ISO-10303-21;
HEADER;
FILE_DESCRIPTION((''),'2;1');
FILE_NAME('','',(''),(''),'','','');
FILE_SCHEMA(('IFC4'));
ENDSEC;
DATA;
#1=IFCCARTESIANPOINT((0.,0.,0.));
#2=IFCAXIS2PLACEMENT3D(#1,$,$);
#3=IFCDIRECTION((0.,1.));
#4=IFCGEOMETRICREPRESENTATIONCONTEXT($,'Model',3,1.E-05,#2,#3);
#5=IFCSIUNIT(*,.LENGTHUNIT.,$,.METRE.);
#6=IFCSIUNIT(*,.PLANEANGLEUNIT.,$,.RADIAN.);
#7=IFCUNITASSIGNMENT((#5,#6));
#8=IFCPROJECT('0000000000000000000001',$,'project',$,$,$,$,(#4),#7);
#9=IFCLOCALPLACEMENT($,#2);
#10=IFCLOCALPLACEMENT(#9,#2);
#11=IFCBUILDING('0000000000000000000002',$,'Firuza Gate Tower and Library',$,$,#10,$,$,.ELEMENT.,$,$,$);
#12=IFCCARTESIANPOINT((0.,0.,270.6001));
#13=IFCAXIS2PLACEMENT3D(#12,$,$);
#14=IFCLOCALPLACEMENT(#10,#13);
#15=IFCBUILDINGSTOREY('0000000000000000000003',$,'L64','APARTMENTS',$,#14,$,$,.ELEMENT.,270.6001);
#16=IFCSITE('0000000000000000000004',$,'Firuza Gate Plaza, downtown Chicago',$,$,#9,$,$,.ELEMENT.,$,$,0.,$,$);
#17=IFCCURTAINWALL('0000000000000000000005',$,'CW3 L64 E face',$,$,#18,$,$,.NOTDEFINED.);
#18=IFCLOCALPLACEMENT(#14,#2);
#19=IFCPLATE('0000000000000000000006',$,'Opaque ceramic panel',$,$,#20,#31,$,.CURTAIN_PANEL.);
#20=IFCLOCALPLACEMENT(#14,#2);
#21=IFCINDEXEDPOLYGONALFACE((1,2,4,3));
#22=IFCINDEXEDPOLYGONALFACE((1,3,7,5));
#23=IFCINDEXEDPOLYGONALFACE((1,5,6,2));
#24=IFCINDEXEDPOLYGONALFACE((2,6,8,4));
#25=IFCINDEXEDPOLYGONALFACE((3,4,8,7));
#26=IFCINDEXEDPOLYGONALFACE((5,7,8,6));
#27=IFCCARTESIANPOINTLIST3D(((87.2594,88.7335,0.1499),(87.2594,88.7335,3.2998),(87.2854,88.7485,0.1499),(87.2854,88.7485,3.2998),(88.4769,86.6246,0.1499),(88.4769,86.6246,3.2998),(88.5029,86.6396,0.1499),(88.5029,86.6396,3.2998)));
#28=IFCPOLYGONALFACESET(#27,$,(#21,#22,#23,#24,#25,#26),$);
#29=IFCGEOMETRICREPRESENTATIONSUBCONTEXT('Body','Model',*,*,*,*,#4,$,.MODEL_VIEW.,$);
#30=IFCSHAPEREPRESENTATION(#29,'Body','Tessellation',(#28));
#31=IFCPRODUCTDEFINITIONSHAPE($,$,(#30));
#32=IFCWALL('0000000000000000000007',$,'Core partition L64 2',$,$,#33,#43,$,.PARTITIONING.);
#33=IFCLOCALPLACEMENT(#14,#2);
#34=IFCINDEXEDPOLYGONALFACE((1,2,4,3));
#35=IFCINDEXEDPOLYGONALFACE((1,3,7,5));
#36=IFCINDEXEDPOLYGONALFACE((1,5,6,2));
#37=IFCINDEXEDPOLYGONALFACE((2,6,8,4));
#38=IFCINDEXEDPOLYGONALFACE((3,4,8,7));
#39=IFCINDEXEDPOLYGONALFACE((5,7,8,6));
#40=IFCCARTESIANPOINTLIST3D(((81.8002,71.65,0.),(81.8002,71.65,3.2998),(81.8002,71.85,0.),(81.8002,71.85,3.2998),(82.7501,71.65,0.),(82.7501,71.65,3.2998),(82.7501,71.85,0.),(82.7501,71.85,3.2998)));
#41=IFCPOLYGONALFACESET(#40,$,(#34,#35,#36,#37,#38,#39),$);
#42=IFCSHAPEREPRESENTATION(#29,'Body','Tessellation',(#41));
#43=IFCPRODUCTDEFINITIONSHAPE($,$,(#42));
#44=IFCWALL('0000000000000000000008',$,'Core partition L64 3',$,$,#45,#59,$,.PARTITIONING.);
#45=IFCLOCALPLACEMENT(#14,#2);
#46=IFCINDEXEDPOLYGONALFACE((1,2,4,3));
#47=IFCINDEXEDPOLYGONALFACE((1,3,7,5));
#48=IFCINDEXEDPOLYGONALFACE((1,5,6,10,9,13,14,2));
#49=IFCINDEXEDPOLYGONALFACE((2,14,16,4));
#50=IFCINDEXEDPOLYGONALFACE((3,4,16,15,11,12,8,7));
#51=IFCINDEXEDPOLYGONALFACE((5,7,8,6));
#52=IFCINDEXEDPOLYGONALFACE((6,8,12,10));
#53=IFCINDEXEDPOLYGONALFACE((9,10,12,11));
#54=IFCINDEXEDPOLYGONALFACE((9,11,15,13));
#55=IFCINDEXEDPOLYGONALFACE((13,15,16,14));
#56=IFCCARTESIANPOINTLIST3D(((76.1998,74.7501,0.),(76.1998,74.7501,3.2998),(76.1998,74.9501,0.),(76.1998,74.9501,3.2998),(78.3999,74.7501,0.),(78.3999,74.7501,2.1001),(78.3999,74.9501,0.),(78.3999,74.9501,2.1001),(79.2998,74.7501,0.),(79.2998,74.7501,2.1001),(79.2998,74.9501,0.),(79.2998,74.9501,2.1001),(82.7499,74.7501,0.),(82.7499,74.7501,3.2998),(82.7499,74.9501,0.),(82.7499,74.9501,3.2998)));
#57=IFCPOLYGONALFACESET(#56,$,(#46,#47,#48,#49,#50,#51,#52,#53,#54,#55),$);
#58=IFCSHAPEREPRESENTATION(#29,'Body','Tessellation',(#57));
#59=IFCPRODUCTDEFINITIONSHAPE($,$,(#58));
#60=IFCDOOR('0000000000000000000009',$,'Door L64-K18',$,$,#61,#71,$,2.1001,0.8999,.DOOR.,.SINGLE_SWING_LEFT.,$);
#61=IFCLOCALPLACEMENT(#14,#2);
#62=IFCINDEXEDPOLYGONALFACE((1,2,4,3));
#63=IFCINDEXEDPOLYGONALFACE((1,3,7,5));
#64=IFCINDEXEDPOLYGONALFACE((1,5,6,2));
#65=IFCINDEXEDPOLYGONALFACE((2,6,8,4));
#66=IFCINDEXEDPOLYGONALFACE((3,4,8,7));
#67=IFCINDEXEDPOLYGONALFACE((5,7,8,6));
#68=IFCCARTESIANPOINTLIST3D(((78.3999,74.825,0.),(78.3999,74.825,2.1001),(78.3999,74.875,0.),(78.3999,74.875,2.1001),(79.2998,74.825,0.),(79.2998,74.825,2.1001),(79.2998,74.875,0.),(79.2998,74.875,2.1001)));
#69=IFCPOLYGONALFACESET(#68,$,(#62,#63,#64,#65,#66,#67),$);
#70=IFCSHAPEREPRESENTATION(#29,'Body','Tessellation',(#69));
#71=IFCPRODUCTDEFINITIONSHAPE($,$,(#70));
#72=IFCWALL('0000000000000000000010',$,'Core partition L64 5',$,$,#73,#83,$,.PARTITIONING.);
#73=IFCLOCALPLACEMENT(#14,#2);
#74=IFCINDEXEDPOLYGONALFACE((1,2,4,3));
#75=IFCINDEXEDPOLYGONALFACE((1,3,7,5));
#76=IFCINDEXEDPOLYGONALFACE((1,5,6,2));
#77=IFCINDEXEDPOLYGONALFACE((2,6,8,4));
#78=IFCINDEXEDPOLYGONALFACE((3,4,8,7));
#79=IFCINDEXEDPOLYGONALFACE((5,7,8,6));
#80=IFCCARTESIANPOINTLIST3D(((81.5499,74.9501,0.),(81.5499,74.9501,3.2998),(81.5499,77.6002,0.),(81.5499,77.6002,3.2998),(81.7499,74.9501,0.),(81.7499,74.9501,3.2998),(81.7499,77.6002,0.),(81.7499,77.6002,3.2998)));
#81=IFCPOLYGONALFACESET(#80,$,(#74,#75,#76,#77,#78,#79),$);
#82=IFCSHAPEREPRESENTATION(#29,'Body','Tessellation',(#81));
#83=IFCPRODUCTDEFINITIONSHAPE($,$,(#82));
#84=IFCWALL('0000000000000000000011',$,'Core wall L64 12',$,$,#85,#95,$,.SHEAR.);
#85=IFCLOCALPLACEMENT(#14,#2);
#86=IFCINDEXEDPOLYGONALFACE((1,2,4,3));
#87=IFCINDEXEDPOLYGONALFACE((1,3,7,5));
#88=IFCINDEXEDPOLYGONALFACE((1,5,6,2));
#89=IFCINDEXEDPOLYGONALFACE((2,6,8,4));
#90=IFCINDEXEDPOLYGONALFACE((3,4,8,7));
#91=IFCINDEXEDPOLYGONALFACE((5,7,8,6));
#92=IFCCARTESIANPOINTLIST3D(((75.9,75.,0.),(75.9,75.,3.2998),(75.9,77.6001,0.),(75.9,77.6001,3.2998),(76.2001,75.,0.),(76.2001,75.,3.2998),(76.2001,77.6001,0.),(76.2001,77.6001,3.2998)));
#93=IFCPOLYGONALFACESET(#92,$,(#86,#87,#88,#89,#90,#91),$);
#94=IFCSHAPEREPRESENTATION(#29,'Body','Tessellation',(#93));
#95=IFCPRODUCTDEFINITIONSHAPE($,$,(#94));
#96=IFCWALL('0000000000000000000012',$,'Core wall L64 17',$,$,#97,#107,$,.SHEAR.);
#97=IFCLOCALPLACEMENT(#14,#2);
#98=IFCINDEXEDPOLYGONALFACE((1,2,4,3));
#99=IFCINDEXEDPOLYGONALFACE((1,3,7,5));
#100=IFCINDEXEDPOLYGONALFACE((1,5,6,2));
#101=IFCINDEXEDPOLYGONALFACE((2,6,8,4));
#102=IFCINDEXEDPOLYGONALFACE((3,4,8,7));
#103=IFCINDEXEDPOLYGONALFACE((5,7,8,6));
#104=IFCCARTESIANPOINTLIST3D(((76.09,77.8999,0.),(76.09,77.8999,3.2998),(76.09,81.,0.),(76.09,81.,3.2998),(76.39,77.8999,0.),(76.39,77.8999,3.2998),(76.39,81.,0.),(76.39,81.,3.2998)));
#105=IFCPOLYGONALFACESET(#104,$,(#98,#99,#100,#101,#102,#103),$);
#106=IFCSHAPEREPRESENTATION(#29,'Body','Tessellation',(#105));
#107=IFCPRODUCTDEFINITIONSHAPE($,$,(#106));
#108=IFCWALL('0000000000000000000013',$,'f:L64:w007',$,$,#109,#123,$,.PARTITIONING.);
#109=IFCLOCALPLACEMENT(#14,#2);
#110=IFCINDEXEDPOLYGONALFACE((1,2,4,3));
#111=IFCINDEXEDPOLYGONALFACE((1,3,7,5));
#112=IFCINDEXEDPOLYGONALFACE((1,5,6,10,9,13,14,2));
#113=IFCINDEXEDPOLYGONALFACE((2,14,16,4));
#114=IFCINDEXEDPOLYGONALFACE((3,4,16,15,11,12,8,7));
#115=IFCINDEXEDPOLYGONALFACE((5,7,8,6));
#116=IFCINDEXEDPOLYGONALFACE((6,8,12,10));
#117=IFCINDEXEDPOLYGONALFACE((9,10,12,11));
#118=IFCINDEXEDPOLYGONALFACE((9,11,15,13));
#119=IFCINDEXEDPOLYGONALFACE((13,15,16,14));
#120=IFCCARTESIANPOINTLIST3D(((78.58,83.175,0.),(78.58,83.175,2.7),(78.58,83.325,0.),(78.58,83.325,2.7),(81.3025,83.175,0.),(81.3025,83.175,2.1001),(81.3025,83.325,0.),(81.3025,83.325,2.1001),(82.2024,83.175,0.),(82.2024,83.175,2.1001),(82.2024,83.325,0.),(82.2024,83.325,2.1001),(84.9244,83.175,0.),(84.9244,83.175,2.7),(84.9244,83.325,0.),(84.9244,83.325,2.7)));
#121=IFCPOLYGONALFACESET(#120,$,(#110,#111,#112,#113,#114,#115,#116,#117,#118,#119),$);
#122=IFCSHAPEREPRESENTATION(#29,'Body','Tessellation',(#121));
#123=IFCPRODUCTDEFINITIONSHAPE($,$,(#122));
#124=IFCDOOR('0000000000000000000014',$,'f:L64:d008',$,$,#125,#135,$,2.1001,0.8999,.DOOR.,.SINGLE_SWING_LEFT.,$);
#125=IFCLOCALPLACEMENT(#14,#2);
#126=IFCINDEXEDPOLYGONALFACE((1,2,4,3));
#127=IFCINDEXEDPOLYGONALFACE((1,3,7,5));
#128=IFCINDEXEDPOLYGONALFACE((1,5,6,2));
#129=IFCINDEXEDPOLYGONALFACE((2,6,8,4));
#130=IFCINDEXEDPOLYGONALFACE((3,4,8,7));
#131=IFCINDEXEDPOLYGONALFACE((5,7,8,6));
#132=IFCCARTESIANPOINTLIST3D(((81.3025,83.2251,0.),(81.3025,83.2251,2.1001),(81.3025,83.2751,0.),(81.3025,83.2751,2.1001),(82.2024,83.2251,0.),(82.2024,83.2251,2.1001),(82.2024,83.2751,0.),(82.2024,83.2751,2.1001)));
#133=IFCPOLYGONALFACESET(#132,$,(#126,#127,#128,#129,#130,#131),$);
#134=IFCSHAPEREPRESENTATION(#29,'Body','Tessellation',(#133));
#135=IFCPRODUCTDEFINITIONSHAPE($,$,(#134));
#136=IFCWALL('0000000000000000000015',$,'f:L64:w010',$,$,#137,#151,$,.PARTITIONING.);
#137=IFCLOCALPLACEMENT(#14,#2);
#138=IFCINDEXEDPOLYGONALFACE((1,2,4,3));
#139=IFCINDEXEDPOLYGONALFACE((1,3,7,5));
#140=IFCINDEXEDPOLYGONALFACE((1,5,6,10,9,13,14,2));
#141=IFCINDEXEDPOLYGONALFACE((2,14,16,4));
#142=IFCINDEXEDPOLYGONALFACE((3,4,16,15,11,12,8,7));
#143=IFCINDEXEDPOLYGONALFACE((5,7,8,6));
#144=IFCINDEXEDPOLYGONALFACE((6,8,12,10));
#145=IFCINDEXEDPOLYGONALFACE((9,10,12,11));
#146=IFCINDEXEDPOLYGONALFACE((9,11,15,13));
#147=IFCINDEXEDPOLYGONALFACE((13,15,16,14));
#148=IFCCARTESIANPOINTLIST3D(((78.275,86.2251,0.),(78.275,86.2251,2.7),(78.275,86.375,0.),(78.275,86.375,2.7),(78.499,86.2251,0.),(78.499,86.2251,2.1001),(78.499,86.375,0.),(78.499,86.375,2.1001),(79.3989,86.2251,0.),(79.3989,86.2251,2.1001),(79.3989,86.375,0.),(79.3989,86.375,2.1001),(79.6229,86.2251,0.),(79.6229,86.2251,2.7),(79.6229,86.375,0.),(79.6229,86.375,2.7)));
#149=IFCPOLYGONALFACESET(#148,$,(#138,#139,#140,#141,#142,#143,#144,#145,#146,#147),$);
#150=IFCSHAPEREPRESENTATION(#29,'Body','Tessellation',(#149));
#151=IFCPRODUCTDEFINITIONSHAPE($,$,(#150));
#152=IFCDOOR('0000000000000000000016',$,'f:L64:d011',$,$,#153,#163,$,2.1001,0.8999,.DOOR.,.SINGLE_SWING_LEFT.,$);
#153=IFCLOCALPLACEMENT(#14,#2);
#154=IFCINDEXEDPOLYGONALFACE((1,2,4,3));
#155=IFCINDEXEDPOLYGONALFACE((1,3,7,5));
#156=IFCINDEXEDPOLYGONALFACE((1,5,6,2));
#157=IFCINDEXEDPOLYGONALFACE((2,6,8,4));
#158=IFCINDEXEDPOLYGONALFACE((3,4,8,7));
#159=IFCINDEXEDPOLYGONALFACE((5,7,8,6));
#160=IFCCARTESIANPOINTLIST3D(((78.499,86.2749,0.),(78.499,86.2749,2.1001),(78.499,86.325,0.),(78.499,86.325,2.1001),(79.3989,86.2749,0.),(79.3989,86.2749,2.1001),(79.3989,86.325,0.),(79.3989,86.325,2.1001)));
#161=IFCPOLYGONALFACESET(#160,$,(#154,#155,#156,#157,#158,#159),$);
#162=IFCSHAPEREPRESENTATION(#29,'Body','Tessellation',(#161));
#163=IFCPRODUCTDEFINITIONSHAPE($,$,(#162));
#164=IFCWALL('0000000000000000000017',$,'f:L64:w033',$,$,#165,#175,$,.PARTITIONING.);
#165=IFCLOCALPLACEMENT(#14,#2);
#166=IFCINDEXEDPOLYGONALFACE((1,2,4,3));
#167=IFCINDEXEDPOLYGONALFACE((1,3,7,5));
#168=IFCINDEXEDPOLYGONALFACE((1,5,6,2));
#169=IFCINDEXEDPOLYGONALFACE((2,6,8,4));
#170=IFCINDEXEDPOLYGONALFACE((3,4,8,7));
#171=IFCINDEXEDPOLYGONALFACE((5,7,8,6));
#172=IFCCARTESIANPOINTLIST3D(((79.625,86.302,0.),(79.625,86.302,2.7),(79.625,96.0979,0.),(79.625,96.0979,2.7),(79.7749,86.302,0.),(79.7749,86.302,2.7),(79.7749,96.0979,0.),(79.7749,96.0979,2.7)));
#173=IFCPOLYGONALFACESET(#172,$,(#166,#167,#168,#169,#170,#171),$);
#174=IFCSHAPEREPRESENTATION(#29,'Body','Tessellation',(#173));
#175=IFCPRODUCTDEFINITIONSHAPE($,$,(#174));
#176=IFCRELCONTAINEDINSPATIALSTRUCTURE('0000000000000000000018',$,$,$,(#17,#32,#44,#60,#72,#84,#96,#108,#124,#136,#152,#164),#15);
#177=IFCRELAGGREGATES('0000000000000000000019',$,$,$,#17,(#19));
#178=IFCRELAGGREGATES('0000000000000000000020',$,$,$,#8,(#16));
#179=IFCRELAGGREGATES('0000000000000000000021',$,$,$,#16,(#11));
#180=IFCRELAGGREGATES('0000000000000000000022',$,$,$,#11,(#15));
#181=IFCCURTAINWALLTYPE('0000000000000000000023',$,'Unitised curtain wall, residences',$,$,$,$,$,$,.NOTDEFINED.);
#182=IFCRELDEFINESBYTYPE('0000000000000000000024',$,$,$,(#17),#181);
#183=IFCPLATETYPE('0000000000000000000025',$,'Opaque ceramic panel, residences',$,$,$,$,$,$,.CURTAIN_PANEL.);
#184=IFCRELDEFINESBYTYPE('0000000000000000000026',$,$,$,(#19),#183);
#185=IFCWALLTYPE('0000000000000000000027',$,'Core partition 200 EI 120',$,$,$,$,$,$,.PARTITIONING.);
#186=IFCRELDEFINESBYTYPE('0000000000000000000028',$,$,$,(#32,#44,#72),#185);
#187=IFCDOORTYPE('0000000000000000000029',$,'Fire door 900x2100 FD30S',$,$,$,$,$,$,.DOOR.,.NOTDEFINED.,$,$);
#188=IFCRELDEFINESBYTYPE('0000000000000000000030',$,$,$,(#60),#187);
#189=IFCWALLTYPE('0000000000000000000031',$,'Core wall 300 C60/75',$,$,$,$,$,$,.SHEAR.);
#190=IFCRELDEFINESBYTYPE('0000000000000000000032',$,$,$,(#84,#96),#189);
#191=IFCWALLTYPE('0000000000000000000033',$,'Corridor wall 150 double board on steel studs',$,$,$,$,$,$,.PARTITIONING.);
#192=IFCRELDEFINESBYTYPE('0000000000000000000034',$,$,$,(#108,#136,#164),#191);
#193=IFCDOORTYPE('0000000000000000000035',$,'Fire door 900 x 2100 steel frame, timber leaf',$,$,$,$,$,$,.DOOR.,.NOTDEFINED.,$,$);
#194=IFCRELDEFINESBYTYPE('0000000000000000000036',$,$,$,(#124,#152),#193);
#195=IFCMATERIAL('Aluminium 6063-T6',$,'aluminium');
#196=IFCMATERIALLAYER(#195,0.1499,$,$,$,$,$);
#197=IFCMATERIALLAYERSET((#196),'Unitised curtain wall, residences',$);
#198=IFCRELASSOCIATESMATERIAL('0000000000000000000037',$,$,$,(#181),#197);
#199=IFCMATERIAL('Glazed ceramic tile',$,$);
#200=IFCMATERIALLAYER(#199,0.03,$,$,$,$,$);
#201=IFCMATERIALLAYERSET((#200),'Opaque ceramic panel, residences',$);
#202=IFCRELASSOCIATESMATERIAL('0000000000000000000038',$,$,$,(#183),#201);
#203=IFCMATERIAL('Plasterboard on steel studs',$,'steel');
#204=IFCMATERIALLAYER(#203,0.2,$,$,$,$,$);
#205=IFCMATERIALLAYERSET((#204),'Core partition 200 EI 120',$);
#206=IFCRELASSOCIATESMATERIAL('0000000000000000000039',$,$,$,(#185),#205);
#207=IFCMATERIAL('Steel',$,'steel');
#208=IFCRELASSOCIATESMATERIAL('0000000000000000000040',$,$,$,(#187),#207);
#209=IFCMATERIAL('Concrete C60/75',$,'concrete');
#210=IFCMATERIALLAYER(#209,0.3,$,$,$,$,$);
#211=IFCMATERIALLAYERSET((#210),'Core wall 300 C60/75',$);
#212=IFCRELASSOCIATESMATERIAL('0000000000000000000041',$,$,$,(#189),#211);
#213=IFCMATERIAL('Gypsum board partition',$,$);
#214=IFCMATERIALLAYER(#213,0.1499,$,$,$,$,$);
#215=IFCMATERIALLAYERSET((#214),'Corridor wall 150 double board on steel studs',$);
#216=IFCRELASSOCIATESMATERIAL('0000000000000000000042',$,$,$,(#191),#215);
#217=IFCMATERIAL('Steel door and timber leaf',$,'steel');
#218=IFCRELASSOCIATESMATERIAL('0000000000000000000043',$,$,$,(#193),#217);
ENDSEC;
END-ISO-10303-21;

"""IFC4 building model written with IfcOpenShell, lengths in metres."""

from ifc_helpers import new_model, si_unit, direction, frame, frame_2d, origin, place, context, subcontext, project, spatial, polyline, rectangle, outline, extrude, material, layer, layer_set, type_object, element, fill, aggregate, save


model = new_model("IFC4")

# Units and contexts
model_context = context("Model", 3, precision=1e-05, world=origin(), true_north=direction((0.0, 1.0)))
body_context = subcontext(model_context, "Body", "Model", "MODEL_VIEW")
ifc_project = project(units=[si_unit("LENGTHUNIT", "METRE"), si_unit("PLANEANGLEUNIT", "RADIAN")], contexts=[model_context])

# Site, building, storey
site_placement = place(None, origin())
site = spatial("IfcSite", under=ifc_project, at=site_placement, Name="Firuza Gate Plaza, downtown Chicago", CompositionType="ELEMENT", RefElevation=0.0)
building_placement = place(site_placement, origin())
building = spatial("IfcBuilding", under=site, at=building_placement, Name="Firuza Gate Tower and Library", CompositionType="ELEMENT")
storey_placement = place(building_placement, frame((0.0, 0.0, 270.6001)))
storey = spatial("IfcBuildingStorey", under=building, at=storey_placement, Name="L64", Description="APARTMENTS", CompositionType="ELEMENT", Elevation=270.6001)

# Curtain wall
ifc_material_1 = material(Name="Aluminium 6063-T6", Category="aluminium")
ifc_layer_1 = layer(ifc_material_1, 0.1499)
ifc_layer_set_1 = layer_set([ifc_layer_1], Name="Unitised curtain wall, residences")
curtain_wall_type = type_object("IfcCurtainWallType", Name="Unitised curtain wall, residences", PredefinedType="NOTDEFINED", material=ifc_layer_set_1)
placement = place(storey_placement, origin())
curtain_wall = element("IfcCurtainWall", 1, at=placement, inside=storey, type_object=curtain_wall_type, Name="CW3 L64 E face", PredefinedType="NOTDEFINED")

# Plate
ifc_material_2 = material(Name="Glazed ceramic tile")
ifc_layer_2 = layer(ifc_material_2, 0.03)
ifc_layer_set_2 = layer_set([ifc_layer_2], Name="Opaque ceramic panel, residences")
plate_type_1 = type_object("IfcPlateType", Name="Opaque ceramic panel, residences", PredefinedType="CURTAIN_PANEL", material=ifc_layer_set_2)
plate_1_placement = place(storey_placement, frame((88.5029, 86.6396, 0.1499), z_axis=(0.866032, 0.499989, 0.0), x_axis=(-0.499989, 0.866032, 0.0)))
plate_1 = element("IfcPlate", 2, at=plate_1_placement, type_object=plate_type_1, Name="Opaque ceramic panel", PredefinedType="CURTAIN_PANEL", context=body_context, shape_type="SweptSolid", body=[
    extrude(outline(polyline([(0.0, 0.0), (2.4351, 0.0), (2.4351, 3.1499), (0.0, 3.1499), (0.0, 0.0)])), origin(), (0.0, 0.0, -1.0), 0.03),
])
aggregate(curtain_wall, [plate_1])

# Wall
ifc_material_3 = material(Name="Plasterboard on steel studs", Category="steel")
ifc_layer_3 = layer(ifc_material_3, 0.2)
ifc_layer_set_3 = layer_set([ifc_layer_3], Name="Core partition 200 EI 120")
wall_type_1 = type_object("IfcWallType", Name="Core partition 200 EI 120", PredefinedType="PARTITIONING", material=ifc_layer_set_3)
wall_1_placement = place(storey_placement, frame((81.8, 71.75, 0.0), z_axis=(0.0, 0.0, 1.0), x_axis=(1.0, 0.0, 0.0)))
element("IfcWall", 3, at=wall_1_placement, inside=storey, type_object=wall_type_1, Name="Core partition L64 2", PredefinedType="PARTITIONING", context=body_context, shape_type="SweptSolid", body=[
    extrude(rectangle(XDim=0.95, YDim=0.2, at=frame_2d((0.4751, 0.0))), origin(), (0.0, 0.0, 1.0), 3.2998),
])

# Wall, opening, door
wall_2_placement = place(storey_placement, frame((76.2, 74.8501, 0.0), z_axis=(0.0, 0.0, 1.0), x_axis=(1.0, 0.0, 0.0)))
wall_2 = element("IfcWall", 4, at=wall_2_placement, inside=storey, type_object=wall_type_1, Name="Core partition L64 3", PredefinedType="PARTITIONING", context=body_context, shape_type="SweptSolid", body=[
    extrude(rectangle(XDim=6.55, YDim=0.2, at=frame_2d((3.2749, 0.0))), origin(), (0.0, 0.0, 1.0), 3.2998),
])
opening_1_placement = place(wall_2_placement, frame((2.2, 0.0, 0.0)))
opening_1 = element("IfcOpeningElement", 5, at=opening_1_placement, cuts=wall_2, PredefinedType="OPENING", context=body_context, shape_type="SweptSolid", body=[
    extrude(rectangle(XDim=0.8999, YDim=2.1001, at=frame_2d((0.45, 1.05))), frame((0.0, 0.1099, 0.0), z_axis=(0.0, -1.0, 0.0), x_axis=(1.0, 0.0, 0.0)), (0.0, 0.0, 1.0), 0.22),
])
ifc_material_4 = material(Name="Steel", Category="steel")
door_type_1 = type_object("IfcDoorType", Name="Fire door 900x2100 FD30S", OperationType="NOTDEFINED", PredefinedType="DOOR", material=ifc_material_4)
door_1_placement = place(opening_1_placement, origin())
door_1 = element("IfcDoor", 6, at=door_1_placement, inside=storey, type_object=door_type_1, Name="Door L64-K18", OperationType="SINGLE_SWING_LEFT", OverallHeight=2.1001, OverallWidth=0.8999, PredefinedType="DOOR", context=body_context, shape_type="SweptSolid", body=[
    extrude(rectangle(XDim=0.8999, YDim=2.1001, at=frame_2d((0.45, 1.05))), frame((0.0, 0.0249, 0.0), z_axis=(0.0, -1.0, 0.0), x_axis=(1.0, 0.0, 0.0)), (0.0, 0.0, 1.0), 0.05),
])
fill(opening_1, door_1)

# Walls
wall_3_placement = place(storey_placement, frame((81.6499, 74.95, 0.0), z_axis=(0.0, 0.0, 1.0), x_axis=(0.0, 1.0, 0.0)))
element("IfcWall", 7, at=wall_3_placement, inside=storey, type_object=wall_type_1, Name="Core partition L64 5", PredefinedType="PARTITIONING", context=body_context, shape_type="SweptSolid", body=[
    extrude(rectangle(XDim=2.6501, YDim=0.2, at=frame_2d((1.3252, 0.0))), origin(), (0.0, 0.0, 1.0), 3.2998),
])
ifc_material_5 = material(Name="Concrete C60/75", Category="concrete")
ifc_layer_4 = layer(ifc_material_5, 0.3)
ifc_layer_set_4 = layer_set([ifc_layer_4], Name="Core wall 300 C60/75")
wall_type_2 = type_object("IfcWallType", Name="Core wall 300 C60/75", PredefinedType="SHEAR", material=ifc_layer_set_4)
wall_4_placement = place(storey_placement, frame((76.05, 75.0, 0.0), z_axis=(0.0, 0.0, 1.0), x_axis=(0.0, 1.0, 0.0)))
element("IfcWall", 8, at=wall_4_placement, inside=storey, type_object=wall_type_2, Name="Core wall L64 12", PredefinedType="SHEAR", context=body_context, shape_type="SweptSolid", body=[
    extrude(rectangle(XDim=2.6001, YDim=0.3, at=frame_2d((1.3, 0.0))), origin(), (0.0, 0.0, 1.0), 3.2998),
])
wall_5_placement = place(storey_placement, frame((76.24, 77.8999, 0.0), z_axis=(0.0, 0.0, 1.0), x_axis=(0.0, 1.0, 0.0)))
element("IfcWall", 9, at=wall_5_placement, inside=storey, type_object=wall_type_2, Name="Core wall L64 17", PredefinedType="SHEAR", context=body_context, shape_type="SweptSolid", body=[
    extrude(rectangle(XDim=3.1001, YDim=0.3, at=frame_2d((1.55, 0.0))), origin(), (0.0, 0.0, 1.0), 3.2998),
])

# Walls, openings, doors
ifc_material_6 = material(Name="Gypsum board partition")
ifc_layer_5 = layer(ifc_material_6, 0.1499)
ifc_layer_set_5 = layer_set([ifc_layer_5], Name="Corridor wall 150 double board on steel studs")
wall_type_3 = type_object("IfcWallType", Name="Corridor wall 150 double board on steel studs", PredefinedType="PARTITIONING", material=ifc_layer_set_5)
wall_6_placement = place(storey_placement, frame((84.9246, 83.25, 0.0), z_axis=(0.0, 0.0, 1.0), x_axis=(-1.0, 0.0, 0.0)))
wall_6 = element("IfcWall", 10, at=wall_6_placement, inside=storey, type_object=wall_type_3, Name="f:L64:w007", PredefinedType="PARTITIONING", context=body_context, shape_type="SweptSolid", body=[
    extrude(rectangle(XDim=6.3445, YDim=0.1499, at=frame_2d((3.1724, 0.0))), origin(), (0.0, 0.0, 1.0), 2.7),
])
opening_2_placement = place(wall_6_placement, frame((2.7222, 0.0, 0.0)))
opening_2 = element("IfcOpeningElement", 11, at=opening_2_placement, cuts=wall_6, PredefinedType="OPENING", context=body_context, shape_type="SweptSolid", body=[
    extrude(rectangle(XDim=0.8999, YDim=2.1001, at=frame_2d((0.45, 1.05))), frame((0.0, 0.085, 0.0), z_axis=(0.0, -1.0, 0.0), x_axis=(1.0, 0.0, 0.0)), (0.0, 0.0, 1.0), 0.1699),
])
ifc_material_7 = material(Name="Steel door and timber leaf", Category="steel")
door_type_2 = type_object("IfcDoorType", Name="Fire door 900 x 2100 steel frame, timber leaf", OperationType="NOTDEFINED", PredefinedType="DOOR", material=ifc_material_7)
door_2_placement = place(opening_2_placement, origin())
door_2 = element("IfcDoor", 12, at=door_2_placement, inside=storey, type_object=door_type_2, Name="f:L64:d008", OperationType="SINGLE_SWING_LEFT", OverallHeight=2.1001, OverallWidth=0.8999, PredefinedType="DOOR", context=body_context, shape_type="SweptSolid", body=[
    extrude(rectangle(XDim=0.8999, YDim=2.1001, at=frame_2d((0.45, 1.05))), frame((0.0, 0.0249, 0.0), z_axis=(0.0, -1.0, 0.0), x_axis=(1.0, 0.0, 0.0)), (0.0, 0.0, 1.0), 0.05),
])
fill(opening_2, door_2)
wall_7_placement = place(storey_placement, frame((78.2751, 86.3, 0.0), z_axis=(0.0, 0.0, 1.0), x_axis=(1.0, 0.0, 0.0)))
wall_7 = element("IfcWall", 13, at=wall_7_placement, inside=storey, type_object=wall_type_3, Name="f:L64:w010", PredefinedType="PARTITIONING", context=body_context, shape_type="SweptSolid", body=[
    extrude(rectangle(XDim=1.3479, YDim=0.1499, at=frame_2d((0.6738, 0.0))), origin(), (0.0, 0.0, 1.0), 2.7),
])
opening_3_placement = place(wall_7_placement, frame((0.2239, 0.0, 0.0)))
opening_3 = element("IfcOpeningElement", 14, at=opening_3_placement, cuts=wall_7, PredefinedType="OPENING", context=body_context, shape_type="SweptSolid", body=[
    extrude(rectangle(XDim=0.8999, YDim=2.1001, at=frame_2d((0.45, 1.05))), frame((0.0, 0.085, 0.0), z_axis=(0.0, -1.0, 0.0), x_axis=(1.0, 0.0, 0.0)), (0.0, 0.0, 1.0), 0.1699),
])
door_3_placement = place(opening_3_placement, origin())
door_3 = element("IfcDoor", 15, at=door_3_placement, inside=storey, type_object=door_type_2, Name="f:L64:d011", OperationType="SINGLE_SWING_LEFT", OverallHeight=2.1001, OverallWidth=0.8999, PredefinedType="DOOR", context=body_context, shape_type="SweptSolid", body=[
    extrude(rectangle(XDim=0.8999, YDim=2.1001, at=frame_2d((0.45, 1.05))), frame((0.0, 0.0249, 0.0), z_axis=(0.0, -1.0, 0.0), x_axis=(1.0, 0.0, 0.0)), (0.0, 0.0, 1.0), 0.05),
])
fill(opening_3, door_3)

# Wall
wall_8_placement = place(storey_placement, frame((79.7, 86.302, 0.0), z_axis=(0.0, 0.0, 1.0), x_axis=(0.0, 1.0, 0.0)))
element("IfcWall", 16, at=wall_8_placement, inside=storey, type_object=wall_type_3, Name="f:L64:w033", PredefinedType="PARTITIONING", context=body_context, shape_type="SweptSolid", body=[
    extrude(rectangle(XDim=9.7959, YDim=0.1499, at=frame_2d((4.8979, 0.0))), origin(), (0.0, 0.0, 1.0), 2.7),
])

save(model, "model.ifc")
